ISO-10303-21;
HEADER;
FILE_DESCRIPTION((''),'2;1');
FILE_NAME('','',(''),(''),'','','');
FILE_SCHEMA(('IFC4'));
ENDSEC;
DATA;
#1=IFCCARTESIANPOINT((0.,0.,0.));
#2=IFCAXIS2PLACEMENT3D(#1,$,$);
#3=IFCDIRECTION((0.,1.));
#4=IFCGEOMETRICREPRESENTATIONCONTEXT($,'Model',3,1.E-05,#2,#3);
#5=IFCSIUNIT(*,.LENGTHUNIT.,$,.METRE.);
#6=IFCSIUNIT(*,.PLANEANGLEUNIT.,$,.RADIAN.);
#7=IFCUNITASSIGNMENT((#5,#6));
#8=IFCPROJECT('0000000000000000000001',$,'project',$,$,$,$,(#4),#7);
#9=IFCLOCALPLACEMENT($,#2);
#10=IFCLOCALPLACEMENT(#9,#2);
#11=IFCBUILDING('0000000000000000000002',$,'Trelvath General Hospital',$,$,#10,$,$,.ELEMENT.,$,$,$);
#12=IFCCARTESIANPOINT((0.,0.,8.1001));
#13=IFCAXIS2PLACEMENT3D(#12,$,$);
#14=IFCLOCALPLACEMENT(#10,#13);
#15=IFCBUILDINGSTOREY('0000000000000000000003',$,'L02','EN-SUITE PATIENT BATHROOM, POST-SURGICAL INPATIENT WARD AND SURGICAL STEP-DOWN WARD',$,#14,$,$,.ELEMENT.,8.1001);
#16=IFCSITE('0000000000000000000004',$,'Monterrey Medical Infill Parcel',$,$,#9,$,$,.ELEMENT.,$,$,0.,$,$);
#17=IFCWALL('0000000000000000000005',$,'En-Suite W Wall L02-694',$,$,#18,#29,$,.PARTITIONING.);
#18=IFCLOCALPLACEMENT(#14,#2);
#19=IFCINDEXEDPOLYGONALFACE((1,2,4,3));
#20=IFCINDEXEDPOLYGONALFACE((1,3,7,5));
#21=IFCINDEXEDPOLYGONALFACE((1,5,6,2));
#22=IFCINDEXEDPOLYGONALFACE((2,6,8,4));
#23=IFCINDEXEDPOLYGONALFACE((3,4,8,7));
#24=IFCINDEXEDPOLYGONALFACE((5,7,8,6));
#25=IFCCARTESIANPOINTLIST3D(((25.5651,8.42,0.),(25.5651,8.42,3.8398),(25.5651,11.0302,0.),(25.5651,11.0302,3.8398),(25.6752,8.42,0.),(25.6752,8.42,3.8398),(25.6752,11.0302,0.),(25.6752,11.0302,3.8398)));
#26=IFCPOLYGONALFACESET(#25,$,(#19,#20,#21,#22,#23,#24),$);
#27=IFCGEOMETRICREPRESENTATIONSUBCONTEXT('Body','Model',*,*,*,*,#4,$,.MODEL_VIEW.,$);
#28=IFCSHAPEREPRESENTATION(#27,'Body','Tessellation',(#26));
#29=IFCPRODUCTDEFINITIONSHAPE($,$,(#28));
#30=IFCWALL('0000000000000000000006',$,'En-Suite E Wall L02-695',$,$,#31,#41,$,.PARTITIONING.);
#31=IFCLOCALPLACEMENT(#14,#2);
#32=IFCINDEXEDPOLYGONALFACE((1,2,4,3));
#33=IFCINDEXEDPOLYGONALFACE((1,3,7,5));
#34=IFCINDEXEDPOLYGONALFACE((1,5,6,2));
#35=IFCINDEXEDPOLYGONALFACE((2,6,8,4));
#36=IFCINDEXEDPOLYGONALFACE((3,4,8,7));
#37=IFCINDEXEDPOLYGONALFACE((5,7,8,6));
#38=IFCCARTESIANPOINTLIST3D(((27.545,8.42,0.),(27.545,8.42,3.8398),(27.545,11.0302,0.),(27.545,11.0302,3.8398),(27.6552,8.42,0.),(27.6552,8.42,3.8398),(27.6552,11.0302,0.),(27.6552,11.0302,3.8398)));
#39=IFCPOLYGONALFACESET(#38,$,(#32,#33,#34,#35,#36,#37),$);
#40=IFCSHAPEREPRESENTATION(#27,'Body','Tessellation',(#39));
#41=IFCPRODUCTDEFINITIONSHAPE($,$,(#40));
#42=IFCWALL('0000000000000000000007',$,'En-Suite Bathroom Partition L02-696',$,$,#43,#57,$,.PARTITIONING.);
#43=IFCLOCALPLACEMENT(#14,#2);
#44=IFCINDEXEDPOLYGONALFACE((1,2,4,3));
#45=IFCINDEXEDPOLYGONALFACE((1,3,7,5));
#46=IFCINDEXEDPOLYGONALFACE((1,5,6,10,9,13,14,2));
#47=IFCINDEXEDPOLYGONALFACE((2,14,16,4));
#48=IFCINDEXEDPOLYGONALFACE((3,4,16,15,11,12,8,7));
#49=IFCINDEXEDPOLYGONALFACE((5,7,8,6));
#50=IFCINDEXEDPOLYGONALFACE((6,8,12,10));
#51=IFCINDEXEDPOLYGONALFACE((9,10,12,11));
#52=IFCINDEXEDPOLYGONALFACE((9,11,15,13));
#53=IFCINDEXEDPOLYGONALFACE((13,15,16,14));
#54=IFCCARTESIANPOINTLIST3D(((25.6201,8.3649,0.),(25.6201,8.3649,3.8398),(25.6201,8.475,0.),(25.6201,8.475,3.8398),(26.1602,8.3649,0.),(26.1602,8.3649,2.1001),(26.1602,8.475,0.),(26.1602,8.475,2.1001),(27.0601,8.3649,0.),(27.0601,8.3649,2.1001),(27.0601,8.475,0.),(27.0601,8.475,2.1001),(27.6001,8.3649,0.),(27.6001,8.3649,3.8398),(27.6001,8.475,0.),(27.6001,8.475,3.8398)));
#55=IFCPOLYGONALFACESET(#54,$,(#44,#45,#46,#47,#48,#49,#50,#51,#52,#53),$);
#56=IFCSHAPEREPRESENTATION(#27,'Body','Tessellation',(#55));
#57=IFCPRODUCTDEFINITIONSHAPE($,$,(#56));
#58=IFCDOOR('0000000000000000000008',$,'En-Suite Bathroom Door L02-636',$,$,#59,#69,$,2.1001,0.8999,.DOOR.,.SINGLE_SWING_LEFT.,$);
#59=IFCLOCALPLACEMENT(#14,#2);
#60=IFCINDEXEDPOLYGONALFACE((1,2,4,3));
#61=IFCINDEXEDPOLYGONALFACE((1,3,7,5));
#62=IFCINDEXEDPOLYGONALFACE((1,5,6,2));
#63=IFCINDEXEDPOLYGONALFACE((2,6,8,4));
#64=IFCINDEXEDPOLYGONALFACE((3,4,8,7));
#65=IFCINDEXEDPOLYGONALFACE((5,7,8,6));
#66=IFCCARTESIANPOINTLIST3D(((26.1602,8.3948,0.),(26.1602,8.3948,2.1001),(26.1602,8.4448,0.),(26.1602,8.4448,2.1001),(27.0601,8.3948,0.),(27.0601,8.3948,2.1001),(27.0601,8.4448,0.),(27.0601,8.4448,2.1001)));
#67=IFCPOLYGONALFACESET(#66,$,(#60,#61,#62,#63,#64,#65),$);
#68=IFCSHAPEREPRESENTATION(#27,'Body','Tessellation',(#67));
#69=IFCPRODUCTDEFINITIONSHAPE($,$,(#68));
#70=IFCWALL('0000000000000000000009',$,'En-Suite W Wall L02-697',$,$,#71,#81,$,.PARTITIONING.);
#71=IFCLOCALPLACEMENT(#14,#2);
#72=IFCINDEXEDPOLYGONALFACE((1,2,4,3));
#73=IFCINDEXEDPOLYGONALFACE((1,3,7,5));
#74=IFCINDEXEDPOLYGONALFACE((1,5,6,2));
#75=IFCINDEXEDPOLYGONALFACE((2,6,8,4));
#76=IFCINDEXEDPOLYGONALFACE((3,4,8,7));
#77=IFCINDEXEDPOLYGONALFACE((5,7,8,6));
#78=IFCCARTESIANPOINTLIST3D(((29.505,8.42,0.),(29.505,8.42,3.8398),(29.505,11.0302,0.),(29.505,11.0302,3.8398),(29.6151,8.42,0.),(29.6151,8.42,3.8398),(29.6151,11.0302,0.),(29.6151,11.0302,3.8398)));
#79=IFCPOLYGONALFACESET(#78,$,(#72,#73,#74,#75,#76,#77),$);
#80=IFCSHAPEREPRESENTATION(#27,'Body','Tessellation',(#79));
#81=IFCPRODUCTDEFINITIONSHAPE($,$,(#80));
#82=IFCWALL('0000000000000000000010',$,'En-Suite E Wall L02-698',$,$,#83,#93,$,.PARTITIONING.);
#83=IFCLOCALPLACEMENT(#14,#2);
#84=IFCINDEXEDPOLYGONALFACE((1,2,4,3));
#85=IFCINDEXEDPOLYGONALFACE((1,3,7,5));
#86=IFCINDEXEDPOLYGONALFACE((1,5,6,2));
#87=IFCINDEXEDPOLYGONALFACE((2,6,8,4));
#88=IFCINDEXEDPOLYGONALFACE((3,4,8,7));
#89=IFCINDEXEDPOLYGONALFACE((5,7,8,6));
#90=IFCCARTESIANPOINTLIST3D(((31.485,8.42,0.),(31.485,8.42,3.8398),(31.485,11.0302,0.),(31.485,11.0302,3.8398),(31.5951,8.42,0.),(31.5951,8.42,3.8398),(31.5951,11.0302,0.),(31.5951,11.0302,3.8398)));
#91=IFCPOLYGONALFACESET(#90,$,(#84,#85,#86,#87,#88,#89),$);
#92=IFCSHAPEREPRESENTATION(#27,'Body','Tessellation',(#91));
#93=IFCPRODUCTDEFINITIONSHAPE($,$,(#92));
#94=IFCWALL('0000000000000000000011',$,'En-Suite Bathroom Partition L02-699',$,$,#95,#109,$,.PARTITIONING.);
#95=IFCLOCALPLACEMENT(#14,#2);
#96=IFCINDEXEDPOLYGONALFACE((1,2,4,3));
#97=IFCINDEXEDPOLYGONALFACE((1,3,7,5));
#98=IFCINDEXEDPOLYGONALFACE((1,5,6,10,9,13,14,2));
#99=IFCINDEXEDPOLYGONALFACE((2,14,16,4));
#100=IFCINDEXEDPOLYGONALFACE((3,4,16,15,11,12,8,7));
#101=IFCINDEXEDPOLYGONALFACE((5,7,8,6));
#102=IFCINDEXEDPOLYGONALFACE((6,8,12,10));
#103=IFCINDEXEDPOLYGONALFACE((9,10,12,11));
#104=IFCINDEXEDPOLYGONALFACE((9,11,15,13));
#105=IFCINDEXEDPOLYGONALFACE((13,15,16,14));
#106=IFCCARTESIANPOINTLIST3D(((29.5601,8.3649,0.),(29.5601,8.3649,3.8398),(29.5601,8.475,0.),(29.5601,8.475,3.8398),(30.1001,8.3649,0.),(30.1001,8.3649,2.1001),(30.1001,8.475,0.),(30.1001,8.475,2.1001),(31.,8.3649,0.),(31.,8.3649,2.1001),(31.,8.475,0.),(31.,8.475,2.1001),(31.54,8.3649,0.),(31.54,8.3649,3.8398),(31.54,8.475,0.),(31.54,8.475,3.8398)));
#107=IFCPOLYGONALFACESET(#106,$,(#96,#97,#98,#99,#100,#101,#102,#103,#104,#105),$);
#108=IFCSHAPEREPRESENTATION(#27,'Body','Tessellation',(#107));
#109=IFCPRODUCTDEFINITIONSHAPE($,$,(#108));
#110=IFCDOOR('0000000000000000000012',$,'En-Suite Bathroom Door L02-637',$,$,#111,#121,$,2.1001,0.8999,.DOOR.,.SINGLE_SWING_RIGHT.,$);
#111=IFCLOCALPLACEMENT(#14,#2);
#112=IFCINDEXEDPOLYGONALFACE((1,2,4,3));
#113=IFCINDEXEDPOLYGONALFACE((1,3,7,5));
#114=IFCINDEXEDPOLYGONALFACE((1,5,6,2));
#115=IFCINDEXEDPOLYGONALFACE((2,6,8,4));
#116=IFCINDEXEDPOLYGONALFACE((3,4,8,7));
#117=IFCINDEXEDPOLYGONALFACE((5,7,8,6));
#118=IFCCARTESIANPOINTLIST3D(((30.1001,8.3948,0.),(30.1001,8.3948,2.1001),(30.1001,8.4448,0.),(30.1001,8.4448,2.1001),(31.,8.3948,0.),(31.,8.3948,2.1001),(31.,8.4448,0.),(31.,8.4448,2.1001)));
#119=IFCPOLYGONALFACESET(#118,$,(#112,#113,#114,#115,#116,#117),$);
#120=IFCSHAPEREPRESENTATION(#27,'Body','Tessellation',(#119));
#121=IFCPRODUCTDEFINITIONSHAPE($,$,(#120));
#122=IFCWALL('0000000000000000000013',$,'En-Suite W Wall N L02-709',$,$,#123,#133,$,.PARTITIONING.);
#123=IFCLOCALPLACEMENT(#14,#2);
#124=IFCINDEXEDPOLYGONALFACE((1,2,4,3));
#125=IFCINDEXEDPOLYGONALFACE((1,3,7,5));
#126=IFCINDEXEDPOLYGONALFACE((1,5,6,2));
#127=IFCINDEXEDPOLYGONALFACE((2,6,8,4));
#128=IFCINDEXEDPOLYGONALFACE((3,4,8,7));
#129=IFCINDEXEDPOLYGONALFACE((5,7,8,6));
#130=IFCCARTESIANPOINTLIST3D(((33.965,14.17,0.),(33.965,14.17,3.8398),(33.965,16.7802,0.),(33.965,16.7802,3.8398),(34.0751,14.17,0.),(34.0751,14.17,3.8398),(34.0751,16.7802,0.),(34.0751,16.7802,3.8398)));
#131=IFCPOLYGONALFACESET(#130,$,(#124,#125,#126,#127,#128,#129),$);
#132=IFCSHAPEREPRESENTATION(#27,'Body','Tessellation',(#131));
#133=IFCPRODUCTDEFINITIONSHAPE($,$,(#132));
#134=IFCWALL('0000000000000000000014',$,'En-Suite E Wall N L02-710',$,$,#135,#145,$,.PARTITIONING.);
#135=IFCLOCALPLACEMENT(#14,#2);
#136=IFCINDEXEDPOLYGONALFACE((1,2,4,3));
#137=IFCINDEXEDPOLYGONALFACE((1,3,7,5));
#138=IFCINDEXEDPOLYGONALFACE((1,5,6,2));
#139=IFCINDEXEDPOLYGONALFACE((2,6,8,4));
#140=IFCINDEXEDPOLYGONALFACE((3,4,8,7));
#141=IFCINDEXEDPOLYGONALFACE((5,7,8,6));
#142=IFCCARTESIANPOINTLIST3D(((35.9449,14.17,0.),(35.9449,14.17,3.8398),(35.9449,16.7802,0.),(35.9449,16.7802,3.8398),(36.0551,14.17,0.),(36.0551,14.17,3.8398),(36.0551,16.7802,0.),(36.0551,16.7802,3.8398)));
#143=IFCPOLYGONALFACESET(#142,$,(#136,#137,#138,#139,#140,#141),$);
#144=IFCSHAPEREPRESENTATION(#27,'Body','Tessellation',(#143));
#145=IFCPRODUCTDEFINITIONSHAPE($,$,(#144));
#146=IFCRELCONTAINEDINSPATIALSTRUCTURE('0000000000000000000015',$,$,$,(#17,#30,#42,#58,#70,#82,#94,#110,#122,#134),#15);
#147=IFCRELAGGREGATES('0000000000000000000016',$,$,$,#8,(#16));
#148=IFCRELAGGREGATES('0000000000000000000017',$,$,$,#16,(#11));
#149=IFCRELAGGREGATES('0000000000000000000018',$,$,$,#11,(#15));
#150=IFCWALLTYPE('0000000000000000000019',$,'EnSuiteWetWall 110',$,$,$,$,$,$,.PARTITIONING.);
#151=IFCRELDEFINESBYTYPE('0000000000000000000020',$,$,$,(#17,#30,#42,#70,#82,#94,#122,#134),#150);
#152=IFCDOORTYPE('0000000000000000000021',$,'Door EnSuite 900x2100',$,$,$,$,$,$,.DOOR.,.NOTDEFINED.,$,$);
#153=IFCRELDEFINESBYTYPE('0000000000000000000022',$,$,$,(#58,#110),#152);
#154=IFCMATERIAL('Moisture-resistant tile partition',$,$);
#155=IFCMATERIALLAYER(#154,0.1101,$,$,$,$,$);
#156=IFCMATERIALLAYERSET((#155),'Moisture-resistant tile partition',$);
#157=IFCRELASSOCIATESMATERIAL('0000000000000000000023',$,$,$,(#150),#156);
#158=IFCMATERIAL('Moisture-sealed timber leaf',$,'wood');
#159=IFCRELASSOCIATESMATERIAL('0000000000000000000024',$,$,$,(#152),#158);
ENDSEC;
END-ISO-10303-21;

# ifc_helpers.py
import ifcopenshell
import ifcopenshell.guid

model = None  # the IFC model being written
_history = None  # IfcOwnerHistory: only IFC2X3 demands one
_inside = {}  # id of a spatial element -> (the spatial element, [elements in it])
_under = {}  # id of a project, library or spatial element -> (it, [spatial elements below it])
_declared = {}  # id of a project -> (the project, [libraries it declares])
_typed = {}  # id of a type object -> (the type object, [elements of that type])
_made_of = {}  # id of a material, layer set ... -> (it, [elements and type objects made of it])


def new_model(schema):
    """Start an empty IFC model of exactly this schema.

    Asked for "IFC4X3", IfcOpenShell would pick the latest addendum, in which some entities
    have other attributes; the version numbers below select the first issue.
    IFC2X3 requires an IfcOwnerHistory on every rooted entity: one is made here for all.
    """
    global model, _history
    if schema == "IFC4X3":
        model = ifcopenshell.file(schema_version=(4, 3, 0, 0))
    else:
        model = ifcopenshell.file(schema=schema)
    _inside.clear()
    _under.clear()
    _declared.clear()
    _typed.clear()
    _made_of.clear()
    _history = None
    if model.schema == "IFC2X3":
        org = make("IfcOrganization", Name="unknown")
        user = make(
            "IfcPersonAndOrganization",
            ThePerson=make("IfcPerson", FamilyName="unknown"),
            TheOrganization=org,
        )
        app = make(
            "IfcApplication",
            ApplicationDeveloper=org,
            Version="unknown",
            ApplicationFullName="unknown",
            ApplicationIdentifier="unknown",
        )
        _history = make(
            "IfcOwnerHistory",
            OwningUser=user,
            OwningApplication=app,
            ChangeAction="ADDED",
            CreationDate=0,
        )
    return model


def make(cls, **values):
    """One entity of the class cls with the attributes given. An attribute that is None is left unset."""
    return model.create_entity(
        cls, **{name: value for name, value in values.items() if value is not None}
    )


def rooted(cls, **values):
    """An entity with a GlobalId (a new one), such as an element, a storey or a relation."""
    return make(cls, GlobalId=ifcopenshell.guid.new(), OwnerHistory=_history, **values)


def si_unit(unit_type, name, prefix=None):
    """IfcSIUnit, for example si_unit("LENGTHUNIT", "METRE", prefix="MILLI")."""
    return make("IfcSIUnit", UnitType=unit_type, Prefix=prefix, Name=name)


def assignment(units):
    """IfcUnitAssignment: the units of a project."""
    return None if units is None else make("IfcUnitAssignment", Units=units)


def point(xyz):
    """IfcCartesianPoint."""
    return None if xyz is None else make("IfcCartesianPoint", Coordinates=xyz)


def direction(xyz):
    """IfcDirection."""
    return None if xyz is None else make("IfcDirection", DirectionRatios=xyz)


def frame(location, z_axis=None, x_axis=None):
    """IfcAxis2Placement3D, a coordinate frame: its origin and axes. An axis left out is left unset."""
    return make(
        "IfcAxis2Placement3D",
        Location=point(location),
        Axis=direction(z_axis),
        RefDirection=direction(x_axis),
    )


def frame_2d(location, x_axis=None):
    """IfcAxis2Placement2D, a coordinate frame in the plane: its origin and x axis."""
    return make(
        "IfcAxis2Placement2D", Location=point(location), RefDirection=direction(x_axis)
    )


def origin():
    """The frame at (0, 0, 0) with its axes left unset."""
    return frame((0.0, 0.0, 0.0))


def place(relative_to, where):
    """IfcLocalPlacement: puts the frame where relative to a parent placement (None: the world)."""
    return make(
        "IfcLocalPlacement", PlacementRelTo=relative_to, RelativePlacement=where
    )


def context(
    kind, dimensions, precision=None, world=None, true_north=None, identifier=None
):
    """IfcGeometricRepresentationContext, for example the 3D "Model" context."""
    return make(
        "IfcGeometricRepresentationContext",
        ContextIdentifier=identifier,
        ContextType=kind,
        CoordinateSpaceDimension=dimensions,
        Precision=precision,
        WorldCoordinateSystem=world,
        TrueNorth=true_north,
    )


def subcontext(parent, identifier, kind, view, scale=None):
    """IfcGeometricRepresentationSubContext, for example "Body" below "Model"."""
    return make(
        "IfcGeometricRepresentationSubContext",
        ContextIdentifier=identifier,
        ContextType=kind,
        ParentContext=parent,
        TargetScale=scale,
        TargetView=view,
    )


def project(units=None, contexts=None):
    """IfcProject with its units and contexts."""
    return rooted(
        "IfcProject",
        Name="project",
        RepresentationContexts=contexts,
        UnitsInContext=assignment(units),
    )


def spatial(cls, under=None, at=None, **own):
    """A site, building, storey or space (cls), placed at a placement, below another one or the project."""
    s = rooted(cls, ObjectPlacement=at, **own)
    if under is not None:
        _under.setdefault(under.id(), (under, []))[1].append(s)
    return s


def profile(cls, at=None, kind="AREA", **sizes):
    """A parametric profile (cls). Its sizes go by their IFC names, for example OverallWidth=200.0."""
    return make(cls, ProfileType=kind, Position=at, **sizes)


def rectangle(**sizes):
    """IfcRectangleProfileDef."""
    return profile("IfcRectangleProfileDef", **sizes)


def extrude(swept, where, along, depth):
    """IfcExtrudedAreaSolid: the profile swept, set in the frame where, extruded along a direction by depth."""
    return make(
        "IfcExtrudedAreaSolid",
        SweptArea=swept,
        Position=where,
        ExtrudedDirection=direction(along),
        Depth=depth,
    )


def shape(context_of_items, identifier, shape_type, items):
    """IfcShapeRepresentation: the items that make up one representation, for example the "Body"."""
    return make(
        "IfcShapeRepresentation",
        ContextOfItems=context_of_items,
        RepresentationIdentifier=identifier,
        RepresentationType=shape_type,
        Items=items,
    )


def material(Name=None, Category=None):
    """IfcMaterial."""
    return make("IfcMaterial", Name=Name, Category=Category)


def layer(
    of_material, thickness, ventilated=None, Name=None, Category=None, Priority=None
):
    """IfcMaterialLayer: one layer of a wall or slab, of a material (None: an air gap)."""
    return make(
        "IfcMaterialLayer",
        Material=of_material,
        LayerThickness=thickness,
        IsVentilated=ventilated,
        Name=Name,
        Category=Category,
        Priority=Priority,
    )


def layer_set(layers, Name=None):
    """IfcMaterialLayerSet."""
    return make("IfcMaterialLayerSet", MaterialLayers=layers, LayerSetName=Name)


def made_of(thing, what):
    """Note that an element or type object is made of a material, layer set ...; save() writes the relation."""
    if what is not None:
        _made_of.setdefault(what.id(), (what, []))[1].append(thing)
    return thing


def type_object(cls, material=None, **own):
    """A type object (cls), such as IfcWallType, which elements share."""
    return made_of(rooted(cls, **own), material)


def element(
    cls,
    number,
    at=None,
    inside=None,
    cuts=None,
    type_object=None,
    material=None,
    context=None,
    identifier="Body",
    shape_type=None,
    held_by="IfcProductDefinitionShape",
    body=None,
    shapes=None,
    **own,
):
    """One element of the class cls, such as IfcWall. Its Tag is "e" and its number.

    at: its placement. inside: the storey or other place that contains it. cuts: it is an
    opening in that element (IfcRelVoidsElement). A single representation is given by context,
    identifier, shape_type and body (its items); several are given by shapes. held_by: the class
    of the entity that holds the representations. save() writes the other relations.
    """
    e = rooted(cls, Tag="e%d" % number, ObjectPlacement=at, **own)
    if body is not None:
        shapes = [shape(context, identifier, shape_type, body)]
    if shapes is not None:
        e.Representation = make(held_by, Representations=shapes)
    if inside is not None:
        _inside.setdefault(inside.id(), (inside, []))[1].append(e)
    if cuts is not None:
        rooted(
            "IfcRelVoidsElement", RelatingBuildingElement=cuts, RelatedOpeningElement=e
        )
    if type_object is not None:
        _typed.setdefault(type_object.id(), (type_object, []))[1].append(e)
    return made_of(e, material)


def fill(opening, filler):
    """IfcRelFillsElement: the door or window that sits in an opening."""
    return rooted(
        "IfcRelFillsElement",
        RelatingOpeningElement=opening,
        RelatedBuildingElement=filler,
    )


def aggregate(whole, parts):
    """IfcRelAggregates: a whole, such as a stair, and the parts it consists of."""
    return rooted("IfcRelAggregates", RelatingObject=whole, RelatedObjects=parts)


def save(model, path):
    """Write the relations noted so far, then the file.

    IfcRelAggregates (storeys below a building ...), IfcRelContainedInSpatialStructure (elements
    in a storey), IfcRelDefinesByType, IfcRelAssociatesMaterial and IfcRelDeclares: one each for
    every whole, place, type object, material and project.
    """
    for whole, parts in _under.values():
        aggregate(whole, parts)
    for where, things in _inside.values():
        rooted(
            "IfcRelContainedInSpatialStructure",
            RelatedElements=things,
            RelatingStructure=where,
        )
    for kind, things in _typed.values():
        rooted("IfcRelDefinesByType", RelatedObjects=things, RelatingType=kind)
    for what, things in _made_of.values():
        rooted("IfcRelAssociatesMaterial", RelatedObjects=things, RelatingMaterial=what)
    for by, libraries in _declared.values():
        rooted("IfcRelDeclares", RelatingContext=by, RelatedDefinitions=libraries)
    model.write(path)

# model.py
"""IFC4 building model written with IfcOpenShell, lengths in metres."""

from ifc_helpers import new_model, si_unit, direction, frame, frame_2d, origin, place, context, subcontext, project, spatial, rectangle, extrude, material, layer, layer_set, type_object, element, fill, save


model = new_model("IFC4")

# Units and contexts
model_context = context("Model", 3, precision=1e-05, world=origin(), true_north=direction((0.0, 1.0)))
body_context = subcontext(model_context, "Body", "Model", "MODEL_VIEW")
ifc_project = project(units=[si_unit("LENGTHUNIT", "METRE"), si_unit("PLANEANGLEUNIT", "RADIAN")], contexts=[model_context])

# Site, building, storey
site_placement = place(None, origin())
site = spatial("IfcSite", under=ifc_project, at=site_placement, Name="Monterrey Medical Infill Parcel", CompositionType="ELEMENT", RefElevation=0.0)
building_placement = place(site_placement, origin())
building = spatial("IfcBuilding", under=site, at=building_placement, Name="Trelvath General Hospital", CompositionType="ELEMENT")
storey_placement = place(building_placement, frame((0.0, 0.0, 8.1001)))
storey = spatial("IfcBuildingStorey", under=building, at=storey_placement, Name="L02", Description="EN-SUITE PATIENT BATHROOM, POST-SURGICAL INPATIENT WARD AND SURGICAL STEP-DOWN WARD", CompositionType="ELEMENT", Elevation=8.1001)

# Walls
ifc_material_1 = material(Name="Moisture-resistant tile partition")
ifc_layer_1 = layer(ifc_material_1, 0.1101)
ifc_layer_set_1 = layer_set([ifc_layer_1], Name="Moisture-resistant tile partition")
wall_type_1 = type_object("IfcWallType", Name="EnSuiteWetWall 110", PredefinedType="PARTITIONING", material=ifc_layer_set_1)
for number, where, z_axis, x_axis, name in (
    (1, (25.6201, 8.4199, 0.0), (0.0, 0.0, 1.0), (0.0, 1.0, 0.0), "En-Suite W Wall L02-694"),
    (2, (27.6001, 8.4199, 0.0), (0.0, 0.0, 1.0), (0.0, 1.0, 0.0), "En-Suite E Wall L02-695"),
):
    element("IfcWall", number, at=place(storey_placement, frame(where, z_axis=z_axis, x_axis=x_axis)), inside=storey, type_object=wall_type_1, Name=name, PredefinedType="PARTITIONING", context=body_context, shape_type="SweptSolid", body=[
        extrude(rectangle(XDim=2.6101, YDim=0.1101, at=frame_2d((1.3052, 0.0))), origin(), (0.0, 0.0, 1.0), 3.8398),
    ])

# Wall, opening, door
wall_1_placement = place(storey_placement, frame((25.6201, 8.4199, 0.0), z_axis=(0.0, 0.0, 1.0), x_axis=(1.0, 0.0, 0.0)))
wall_1 = element("IfcWall", 3, at=wall_1_placement, inside=storey, type_object=wall_type_1, Name="En-Suite Bathroom Partition L02-696", PredefinedType="PARTITIONING", context=body_context, shape_type="SweptSolid", body=[
    extrude(rectangle(XDim=1.98, YDim=0.1101, at=frame_2d((0.99, 0.0))), origin(), (0.0, 0.0, 1.0), 3.8398),
])
opening_1_placement = place(wall_1_placement, frame((0.54, 0.0, 0.0)))
opening_1 = element("IfcOpeningElement", 4, at=opening_1_placement, cuts=wall_1, PredefinedType="OPENING", context=body_context, shape_type="SweptSolid", body=[
    extrude(rectangle(XDim=0.8999, YDim=2.1001, at=frame_2d((0.45, 1.05))), frame((0.0, 0.0649, 0.0), z_axis=(0.0, -1.0, 0.0), x_axis=(1.0, 0.0, 0.0)), (0.0, 0.0, 1.0), 0.1301),
])
ifc_material_2 = material(Name="Moisture-sealed timber leaf", Category="wood")
door_type_1 = type_object("IfcDoorType", Name="Door EnSuite 900x2100", OperationType="NOTDEFINED", PredefinedType="DOOR", material=ifc_material_2)
door_1_placement = place(opening_1_placement, origin())
door_1 = element("IfcDoor", 5, at=door_1_placement, inside=storey, type_object=door_type_1, Name="En-Suite Bathroom Door L02-636", OperationType="SINGLE_SWING_LEFT", OverallHeight=2.1001, OverallWidth=0.8999, PredefinedType="DOOR", context=body_context, shape_type="SweptSolid", body=[
    extrude(rectangle(XDim=0.8999, YDim=2.1001, at=frame_2d((0.45, 1.05))), frame((0.0, 0.0249, 0.0), z_axis=(0.0, -1.0, 0.0), x_axis=(1.0, 0.0, 0.0)), (0.0, 0.0, 1.0), 0.05),
])
fill(opening_1, door_1)

# Walls
for number, where, z_axis, x_axis, name in (
    (6, (29.5601, 8.4199, 0.0), (0.0, 0.0, 1.0), (0.0, 1.0, 0.0), "En-Suite W Wall L02-697"),
    (7, (31.54, 8.4199, 0.0), (0.0, 0.0, 1.0), (0.0, 1.0, 0.0), "En-Suite E Wall L02-698"),
):
    element("IfcWall", number, at=place(storey_placement, frame(where, z_axis=z_axis, x_axis=x_axis)), inside=storey, type_object=wall_type_1, Name=name, PredefinedType="PARTITIONING", context=body_context, shape_type="SweptSolid", body=[
        extrude(rectangle(XDim=2.6101, YDim=0.1101, at=frame_2d((1.3052, 0.0))), origin(), (0.0, 0.0, 1.0), 3.8398),
    ])

# Wall, opening, door
wall_2_placement = place(storey_placement, frame((29.5601, 8.4199, 0.0), z_axis=(0.0, 0.0, 1.0), x_axis=(1.0, 0.0, 0.0)))
wall_2 = element("IfcWall", 8, at=wall_2_placement, inside=storey, type_object=wall_type_1, Name="En-Suite Bathroom Partition L02-699", PredefinedType="PARTITIONING", context=body_context, shape_type="SweptSolid", body=[
    extrude(rectangle(XDim=1.98, YDim=0.1101, at=frame_2d((0.99, 0.0))), origin(), (0.0, 0.0, 1.0), 3.8398),
])
opening_2_placement = place(wall_2_placement, frame((0.54, 0.0, 0.0)))
opening_2 = element("IfcOpeningElement", 9, at=opening_2_placement, cuts=wall_2, PredefinedType="OPENING", context=body_context, shape_type="SweptSolid", body=[
    extrude(rectangle(XDim=0.8999, YDim=2.1001, at=frame_2d((0.45, 1.05))), frame((0.0, 0.0649, 0.0), z_axis=(0.0, -1.0, 0.0), x_axis=(1.0, 0.0, 0.0)), (0.0, 0.0, 1.0), 0.1301),
])
door_2_placement = place(opening_2_placement, origin())
door_2 = element("IfcDoor", 10, at=door_2_placement, inside=storey, type_object=door_type_1, Name="En-Suite Bathroom Door L02-637", OperationType="SINGLE_SWING_RIGHT", OverallHeight=2.1001, OverallWidth=0.8999, PredefinedType="DOOR", context=body_context, shape_type="SweptSolid", body=[
    extrude(rectangle(XDim=0.8999, YDim=2.1001, at=frame_2d((0.45, 1.05))), frame((0.0, 0.0249, 0.0), z_axis=(0.0, -1.0, 0.0), x_axis=(1.0, 0.0, 0.0)), (0.0, 0.0, 1.0), 0.05),
])
fill(opening_2, door_2)

# Walls
for number, where, z_axis, x_axis, name in (
    (11, (34.02, 14.1699, 0.0), (0.0, 0.0, 1.0), (0.0, 1.0, 0.0), "En-Suite W Wall N L02-709"),
    (12, (36.0, 14.1699, 0.0), (0.0, 0.0, 1.0), (0.0, 1.0, 0.0), "En-Suite E Wall N L02-710"),
):
    element("IfcWall", number, at=place(storey_placement, frame(where, z_axis=z_axis, x_axis=x_axis)), inside=storey, type_object=wall_type_1, Name=name, PredefinedType="PARTITIONING", context=body_context, shape_type="SweptSolid", body=[
        extrude(rectangle(XDim=2.6101, YDim=0.1101, at=frame_2d((1.3052, 0.0))), origin(), (0.0, 0.0, 1.0), 3.8398),
    ])

save(model, "model.ifc")
